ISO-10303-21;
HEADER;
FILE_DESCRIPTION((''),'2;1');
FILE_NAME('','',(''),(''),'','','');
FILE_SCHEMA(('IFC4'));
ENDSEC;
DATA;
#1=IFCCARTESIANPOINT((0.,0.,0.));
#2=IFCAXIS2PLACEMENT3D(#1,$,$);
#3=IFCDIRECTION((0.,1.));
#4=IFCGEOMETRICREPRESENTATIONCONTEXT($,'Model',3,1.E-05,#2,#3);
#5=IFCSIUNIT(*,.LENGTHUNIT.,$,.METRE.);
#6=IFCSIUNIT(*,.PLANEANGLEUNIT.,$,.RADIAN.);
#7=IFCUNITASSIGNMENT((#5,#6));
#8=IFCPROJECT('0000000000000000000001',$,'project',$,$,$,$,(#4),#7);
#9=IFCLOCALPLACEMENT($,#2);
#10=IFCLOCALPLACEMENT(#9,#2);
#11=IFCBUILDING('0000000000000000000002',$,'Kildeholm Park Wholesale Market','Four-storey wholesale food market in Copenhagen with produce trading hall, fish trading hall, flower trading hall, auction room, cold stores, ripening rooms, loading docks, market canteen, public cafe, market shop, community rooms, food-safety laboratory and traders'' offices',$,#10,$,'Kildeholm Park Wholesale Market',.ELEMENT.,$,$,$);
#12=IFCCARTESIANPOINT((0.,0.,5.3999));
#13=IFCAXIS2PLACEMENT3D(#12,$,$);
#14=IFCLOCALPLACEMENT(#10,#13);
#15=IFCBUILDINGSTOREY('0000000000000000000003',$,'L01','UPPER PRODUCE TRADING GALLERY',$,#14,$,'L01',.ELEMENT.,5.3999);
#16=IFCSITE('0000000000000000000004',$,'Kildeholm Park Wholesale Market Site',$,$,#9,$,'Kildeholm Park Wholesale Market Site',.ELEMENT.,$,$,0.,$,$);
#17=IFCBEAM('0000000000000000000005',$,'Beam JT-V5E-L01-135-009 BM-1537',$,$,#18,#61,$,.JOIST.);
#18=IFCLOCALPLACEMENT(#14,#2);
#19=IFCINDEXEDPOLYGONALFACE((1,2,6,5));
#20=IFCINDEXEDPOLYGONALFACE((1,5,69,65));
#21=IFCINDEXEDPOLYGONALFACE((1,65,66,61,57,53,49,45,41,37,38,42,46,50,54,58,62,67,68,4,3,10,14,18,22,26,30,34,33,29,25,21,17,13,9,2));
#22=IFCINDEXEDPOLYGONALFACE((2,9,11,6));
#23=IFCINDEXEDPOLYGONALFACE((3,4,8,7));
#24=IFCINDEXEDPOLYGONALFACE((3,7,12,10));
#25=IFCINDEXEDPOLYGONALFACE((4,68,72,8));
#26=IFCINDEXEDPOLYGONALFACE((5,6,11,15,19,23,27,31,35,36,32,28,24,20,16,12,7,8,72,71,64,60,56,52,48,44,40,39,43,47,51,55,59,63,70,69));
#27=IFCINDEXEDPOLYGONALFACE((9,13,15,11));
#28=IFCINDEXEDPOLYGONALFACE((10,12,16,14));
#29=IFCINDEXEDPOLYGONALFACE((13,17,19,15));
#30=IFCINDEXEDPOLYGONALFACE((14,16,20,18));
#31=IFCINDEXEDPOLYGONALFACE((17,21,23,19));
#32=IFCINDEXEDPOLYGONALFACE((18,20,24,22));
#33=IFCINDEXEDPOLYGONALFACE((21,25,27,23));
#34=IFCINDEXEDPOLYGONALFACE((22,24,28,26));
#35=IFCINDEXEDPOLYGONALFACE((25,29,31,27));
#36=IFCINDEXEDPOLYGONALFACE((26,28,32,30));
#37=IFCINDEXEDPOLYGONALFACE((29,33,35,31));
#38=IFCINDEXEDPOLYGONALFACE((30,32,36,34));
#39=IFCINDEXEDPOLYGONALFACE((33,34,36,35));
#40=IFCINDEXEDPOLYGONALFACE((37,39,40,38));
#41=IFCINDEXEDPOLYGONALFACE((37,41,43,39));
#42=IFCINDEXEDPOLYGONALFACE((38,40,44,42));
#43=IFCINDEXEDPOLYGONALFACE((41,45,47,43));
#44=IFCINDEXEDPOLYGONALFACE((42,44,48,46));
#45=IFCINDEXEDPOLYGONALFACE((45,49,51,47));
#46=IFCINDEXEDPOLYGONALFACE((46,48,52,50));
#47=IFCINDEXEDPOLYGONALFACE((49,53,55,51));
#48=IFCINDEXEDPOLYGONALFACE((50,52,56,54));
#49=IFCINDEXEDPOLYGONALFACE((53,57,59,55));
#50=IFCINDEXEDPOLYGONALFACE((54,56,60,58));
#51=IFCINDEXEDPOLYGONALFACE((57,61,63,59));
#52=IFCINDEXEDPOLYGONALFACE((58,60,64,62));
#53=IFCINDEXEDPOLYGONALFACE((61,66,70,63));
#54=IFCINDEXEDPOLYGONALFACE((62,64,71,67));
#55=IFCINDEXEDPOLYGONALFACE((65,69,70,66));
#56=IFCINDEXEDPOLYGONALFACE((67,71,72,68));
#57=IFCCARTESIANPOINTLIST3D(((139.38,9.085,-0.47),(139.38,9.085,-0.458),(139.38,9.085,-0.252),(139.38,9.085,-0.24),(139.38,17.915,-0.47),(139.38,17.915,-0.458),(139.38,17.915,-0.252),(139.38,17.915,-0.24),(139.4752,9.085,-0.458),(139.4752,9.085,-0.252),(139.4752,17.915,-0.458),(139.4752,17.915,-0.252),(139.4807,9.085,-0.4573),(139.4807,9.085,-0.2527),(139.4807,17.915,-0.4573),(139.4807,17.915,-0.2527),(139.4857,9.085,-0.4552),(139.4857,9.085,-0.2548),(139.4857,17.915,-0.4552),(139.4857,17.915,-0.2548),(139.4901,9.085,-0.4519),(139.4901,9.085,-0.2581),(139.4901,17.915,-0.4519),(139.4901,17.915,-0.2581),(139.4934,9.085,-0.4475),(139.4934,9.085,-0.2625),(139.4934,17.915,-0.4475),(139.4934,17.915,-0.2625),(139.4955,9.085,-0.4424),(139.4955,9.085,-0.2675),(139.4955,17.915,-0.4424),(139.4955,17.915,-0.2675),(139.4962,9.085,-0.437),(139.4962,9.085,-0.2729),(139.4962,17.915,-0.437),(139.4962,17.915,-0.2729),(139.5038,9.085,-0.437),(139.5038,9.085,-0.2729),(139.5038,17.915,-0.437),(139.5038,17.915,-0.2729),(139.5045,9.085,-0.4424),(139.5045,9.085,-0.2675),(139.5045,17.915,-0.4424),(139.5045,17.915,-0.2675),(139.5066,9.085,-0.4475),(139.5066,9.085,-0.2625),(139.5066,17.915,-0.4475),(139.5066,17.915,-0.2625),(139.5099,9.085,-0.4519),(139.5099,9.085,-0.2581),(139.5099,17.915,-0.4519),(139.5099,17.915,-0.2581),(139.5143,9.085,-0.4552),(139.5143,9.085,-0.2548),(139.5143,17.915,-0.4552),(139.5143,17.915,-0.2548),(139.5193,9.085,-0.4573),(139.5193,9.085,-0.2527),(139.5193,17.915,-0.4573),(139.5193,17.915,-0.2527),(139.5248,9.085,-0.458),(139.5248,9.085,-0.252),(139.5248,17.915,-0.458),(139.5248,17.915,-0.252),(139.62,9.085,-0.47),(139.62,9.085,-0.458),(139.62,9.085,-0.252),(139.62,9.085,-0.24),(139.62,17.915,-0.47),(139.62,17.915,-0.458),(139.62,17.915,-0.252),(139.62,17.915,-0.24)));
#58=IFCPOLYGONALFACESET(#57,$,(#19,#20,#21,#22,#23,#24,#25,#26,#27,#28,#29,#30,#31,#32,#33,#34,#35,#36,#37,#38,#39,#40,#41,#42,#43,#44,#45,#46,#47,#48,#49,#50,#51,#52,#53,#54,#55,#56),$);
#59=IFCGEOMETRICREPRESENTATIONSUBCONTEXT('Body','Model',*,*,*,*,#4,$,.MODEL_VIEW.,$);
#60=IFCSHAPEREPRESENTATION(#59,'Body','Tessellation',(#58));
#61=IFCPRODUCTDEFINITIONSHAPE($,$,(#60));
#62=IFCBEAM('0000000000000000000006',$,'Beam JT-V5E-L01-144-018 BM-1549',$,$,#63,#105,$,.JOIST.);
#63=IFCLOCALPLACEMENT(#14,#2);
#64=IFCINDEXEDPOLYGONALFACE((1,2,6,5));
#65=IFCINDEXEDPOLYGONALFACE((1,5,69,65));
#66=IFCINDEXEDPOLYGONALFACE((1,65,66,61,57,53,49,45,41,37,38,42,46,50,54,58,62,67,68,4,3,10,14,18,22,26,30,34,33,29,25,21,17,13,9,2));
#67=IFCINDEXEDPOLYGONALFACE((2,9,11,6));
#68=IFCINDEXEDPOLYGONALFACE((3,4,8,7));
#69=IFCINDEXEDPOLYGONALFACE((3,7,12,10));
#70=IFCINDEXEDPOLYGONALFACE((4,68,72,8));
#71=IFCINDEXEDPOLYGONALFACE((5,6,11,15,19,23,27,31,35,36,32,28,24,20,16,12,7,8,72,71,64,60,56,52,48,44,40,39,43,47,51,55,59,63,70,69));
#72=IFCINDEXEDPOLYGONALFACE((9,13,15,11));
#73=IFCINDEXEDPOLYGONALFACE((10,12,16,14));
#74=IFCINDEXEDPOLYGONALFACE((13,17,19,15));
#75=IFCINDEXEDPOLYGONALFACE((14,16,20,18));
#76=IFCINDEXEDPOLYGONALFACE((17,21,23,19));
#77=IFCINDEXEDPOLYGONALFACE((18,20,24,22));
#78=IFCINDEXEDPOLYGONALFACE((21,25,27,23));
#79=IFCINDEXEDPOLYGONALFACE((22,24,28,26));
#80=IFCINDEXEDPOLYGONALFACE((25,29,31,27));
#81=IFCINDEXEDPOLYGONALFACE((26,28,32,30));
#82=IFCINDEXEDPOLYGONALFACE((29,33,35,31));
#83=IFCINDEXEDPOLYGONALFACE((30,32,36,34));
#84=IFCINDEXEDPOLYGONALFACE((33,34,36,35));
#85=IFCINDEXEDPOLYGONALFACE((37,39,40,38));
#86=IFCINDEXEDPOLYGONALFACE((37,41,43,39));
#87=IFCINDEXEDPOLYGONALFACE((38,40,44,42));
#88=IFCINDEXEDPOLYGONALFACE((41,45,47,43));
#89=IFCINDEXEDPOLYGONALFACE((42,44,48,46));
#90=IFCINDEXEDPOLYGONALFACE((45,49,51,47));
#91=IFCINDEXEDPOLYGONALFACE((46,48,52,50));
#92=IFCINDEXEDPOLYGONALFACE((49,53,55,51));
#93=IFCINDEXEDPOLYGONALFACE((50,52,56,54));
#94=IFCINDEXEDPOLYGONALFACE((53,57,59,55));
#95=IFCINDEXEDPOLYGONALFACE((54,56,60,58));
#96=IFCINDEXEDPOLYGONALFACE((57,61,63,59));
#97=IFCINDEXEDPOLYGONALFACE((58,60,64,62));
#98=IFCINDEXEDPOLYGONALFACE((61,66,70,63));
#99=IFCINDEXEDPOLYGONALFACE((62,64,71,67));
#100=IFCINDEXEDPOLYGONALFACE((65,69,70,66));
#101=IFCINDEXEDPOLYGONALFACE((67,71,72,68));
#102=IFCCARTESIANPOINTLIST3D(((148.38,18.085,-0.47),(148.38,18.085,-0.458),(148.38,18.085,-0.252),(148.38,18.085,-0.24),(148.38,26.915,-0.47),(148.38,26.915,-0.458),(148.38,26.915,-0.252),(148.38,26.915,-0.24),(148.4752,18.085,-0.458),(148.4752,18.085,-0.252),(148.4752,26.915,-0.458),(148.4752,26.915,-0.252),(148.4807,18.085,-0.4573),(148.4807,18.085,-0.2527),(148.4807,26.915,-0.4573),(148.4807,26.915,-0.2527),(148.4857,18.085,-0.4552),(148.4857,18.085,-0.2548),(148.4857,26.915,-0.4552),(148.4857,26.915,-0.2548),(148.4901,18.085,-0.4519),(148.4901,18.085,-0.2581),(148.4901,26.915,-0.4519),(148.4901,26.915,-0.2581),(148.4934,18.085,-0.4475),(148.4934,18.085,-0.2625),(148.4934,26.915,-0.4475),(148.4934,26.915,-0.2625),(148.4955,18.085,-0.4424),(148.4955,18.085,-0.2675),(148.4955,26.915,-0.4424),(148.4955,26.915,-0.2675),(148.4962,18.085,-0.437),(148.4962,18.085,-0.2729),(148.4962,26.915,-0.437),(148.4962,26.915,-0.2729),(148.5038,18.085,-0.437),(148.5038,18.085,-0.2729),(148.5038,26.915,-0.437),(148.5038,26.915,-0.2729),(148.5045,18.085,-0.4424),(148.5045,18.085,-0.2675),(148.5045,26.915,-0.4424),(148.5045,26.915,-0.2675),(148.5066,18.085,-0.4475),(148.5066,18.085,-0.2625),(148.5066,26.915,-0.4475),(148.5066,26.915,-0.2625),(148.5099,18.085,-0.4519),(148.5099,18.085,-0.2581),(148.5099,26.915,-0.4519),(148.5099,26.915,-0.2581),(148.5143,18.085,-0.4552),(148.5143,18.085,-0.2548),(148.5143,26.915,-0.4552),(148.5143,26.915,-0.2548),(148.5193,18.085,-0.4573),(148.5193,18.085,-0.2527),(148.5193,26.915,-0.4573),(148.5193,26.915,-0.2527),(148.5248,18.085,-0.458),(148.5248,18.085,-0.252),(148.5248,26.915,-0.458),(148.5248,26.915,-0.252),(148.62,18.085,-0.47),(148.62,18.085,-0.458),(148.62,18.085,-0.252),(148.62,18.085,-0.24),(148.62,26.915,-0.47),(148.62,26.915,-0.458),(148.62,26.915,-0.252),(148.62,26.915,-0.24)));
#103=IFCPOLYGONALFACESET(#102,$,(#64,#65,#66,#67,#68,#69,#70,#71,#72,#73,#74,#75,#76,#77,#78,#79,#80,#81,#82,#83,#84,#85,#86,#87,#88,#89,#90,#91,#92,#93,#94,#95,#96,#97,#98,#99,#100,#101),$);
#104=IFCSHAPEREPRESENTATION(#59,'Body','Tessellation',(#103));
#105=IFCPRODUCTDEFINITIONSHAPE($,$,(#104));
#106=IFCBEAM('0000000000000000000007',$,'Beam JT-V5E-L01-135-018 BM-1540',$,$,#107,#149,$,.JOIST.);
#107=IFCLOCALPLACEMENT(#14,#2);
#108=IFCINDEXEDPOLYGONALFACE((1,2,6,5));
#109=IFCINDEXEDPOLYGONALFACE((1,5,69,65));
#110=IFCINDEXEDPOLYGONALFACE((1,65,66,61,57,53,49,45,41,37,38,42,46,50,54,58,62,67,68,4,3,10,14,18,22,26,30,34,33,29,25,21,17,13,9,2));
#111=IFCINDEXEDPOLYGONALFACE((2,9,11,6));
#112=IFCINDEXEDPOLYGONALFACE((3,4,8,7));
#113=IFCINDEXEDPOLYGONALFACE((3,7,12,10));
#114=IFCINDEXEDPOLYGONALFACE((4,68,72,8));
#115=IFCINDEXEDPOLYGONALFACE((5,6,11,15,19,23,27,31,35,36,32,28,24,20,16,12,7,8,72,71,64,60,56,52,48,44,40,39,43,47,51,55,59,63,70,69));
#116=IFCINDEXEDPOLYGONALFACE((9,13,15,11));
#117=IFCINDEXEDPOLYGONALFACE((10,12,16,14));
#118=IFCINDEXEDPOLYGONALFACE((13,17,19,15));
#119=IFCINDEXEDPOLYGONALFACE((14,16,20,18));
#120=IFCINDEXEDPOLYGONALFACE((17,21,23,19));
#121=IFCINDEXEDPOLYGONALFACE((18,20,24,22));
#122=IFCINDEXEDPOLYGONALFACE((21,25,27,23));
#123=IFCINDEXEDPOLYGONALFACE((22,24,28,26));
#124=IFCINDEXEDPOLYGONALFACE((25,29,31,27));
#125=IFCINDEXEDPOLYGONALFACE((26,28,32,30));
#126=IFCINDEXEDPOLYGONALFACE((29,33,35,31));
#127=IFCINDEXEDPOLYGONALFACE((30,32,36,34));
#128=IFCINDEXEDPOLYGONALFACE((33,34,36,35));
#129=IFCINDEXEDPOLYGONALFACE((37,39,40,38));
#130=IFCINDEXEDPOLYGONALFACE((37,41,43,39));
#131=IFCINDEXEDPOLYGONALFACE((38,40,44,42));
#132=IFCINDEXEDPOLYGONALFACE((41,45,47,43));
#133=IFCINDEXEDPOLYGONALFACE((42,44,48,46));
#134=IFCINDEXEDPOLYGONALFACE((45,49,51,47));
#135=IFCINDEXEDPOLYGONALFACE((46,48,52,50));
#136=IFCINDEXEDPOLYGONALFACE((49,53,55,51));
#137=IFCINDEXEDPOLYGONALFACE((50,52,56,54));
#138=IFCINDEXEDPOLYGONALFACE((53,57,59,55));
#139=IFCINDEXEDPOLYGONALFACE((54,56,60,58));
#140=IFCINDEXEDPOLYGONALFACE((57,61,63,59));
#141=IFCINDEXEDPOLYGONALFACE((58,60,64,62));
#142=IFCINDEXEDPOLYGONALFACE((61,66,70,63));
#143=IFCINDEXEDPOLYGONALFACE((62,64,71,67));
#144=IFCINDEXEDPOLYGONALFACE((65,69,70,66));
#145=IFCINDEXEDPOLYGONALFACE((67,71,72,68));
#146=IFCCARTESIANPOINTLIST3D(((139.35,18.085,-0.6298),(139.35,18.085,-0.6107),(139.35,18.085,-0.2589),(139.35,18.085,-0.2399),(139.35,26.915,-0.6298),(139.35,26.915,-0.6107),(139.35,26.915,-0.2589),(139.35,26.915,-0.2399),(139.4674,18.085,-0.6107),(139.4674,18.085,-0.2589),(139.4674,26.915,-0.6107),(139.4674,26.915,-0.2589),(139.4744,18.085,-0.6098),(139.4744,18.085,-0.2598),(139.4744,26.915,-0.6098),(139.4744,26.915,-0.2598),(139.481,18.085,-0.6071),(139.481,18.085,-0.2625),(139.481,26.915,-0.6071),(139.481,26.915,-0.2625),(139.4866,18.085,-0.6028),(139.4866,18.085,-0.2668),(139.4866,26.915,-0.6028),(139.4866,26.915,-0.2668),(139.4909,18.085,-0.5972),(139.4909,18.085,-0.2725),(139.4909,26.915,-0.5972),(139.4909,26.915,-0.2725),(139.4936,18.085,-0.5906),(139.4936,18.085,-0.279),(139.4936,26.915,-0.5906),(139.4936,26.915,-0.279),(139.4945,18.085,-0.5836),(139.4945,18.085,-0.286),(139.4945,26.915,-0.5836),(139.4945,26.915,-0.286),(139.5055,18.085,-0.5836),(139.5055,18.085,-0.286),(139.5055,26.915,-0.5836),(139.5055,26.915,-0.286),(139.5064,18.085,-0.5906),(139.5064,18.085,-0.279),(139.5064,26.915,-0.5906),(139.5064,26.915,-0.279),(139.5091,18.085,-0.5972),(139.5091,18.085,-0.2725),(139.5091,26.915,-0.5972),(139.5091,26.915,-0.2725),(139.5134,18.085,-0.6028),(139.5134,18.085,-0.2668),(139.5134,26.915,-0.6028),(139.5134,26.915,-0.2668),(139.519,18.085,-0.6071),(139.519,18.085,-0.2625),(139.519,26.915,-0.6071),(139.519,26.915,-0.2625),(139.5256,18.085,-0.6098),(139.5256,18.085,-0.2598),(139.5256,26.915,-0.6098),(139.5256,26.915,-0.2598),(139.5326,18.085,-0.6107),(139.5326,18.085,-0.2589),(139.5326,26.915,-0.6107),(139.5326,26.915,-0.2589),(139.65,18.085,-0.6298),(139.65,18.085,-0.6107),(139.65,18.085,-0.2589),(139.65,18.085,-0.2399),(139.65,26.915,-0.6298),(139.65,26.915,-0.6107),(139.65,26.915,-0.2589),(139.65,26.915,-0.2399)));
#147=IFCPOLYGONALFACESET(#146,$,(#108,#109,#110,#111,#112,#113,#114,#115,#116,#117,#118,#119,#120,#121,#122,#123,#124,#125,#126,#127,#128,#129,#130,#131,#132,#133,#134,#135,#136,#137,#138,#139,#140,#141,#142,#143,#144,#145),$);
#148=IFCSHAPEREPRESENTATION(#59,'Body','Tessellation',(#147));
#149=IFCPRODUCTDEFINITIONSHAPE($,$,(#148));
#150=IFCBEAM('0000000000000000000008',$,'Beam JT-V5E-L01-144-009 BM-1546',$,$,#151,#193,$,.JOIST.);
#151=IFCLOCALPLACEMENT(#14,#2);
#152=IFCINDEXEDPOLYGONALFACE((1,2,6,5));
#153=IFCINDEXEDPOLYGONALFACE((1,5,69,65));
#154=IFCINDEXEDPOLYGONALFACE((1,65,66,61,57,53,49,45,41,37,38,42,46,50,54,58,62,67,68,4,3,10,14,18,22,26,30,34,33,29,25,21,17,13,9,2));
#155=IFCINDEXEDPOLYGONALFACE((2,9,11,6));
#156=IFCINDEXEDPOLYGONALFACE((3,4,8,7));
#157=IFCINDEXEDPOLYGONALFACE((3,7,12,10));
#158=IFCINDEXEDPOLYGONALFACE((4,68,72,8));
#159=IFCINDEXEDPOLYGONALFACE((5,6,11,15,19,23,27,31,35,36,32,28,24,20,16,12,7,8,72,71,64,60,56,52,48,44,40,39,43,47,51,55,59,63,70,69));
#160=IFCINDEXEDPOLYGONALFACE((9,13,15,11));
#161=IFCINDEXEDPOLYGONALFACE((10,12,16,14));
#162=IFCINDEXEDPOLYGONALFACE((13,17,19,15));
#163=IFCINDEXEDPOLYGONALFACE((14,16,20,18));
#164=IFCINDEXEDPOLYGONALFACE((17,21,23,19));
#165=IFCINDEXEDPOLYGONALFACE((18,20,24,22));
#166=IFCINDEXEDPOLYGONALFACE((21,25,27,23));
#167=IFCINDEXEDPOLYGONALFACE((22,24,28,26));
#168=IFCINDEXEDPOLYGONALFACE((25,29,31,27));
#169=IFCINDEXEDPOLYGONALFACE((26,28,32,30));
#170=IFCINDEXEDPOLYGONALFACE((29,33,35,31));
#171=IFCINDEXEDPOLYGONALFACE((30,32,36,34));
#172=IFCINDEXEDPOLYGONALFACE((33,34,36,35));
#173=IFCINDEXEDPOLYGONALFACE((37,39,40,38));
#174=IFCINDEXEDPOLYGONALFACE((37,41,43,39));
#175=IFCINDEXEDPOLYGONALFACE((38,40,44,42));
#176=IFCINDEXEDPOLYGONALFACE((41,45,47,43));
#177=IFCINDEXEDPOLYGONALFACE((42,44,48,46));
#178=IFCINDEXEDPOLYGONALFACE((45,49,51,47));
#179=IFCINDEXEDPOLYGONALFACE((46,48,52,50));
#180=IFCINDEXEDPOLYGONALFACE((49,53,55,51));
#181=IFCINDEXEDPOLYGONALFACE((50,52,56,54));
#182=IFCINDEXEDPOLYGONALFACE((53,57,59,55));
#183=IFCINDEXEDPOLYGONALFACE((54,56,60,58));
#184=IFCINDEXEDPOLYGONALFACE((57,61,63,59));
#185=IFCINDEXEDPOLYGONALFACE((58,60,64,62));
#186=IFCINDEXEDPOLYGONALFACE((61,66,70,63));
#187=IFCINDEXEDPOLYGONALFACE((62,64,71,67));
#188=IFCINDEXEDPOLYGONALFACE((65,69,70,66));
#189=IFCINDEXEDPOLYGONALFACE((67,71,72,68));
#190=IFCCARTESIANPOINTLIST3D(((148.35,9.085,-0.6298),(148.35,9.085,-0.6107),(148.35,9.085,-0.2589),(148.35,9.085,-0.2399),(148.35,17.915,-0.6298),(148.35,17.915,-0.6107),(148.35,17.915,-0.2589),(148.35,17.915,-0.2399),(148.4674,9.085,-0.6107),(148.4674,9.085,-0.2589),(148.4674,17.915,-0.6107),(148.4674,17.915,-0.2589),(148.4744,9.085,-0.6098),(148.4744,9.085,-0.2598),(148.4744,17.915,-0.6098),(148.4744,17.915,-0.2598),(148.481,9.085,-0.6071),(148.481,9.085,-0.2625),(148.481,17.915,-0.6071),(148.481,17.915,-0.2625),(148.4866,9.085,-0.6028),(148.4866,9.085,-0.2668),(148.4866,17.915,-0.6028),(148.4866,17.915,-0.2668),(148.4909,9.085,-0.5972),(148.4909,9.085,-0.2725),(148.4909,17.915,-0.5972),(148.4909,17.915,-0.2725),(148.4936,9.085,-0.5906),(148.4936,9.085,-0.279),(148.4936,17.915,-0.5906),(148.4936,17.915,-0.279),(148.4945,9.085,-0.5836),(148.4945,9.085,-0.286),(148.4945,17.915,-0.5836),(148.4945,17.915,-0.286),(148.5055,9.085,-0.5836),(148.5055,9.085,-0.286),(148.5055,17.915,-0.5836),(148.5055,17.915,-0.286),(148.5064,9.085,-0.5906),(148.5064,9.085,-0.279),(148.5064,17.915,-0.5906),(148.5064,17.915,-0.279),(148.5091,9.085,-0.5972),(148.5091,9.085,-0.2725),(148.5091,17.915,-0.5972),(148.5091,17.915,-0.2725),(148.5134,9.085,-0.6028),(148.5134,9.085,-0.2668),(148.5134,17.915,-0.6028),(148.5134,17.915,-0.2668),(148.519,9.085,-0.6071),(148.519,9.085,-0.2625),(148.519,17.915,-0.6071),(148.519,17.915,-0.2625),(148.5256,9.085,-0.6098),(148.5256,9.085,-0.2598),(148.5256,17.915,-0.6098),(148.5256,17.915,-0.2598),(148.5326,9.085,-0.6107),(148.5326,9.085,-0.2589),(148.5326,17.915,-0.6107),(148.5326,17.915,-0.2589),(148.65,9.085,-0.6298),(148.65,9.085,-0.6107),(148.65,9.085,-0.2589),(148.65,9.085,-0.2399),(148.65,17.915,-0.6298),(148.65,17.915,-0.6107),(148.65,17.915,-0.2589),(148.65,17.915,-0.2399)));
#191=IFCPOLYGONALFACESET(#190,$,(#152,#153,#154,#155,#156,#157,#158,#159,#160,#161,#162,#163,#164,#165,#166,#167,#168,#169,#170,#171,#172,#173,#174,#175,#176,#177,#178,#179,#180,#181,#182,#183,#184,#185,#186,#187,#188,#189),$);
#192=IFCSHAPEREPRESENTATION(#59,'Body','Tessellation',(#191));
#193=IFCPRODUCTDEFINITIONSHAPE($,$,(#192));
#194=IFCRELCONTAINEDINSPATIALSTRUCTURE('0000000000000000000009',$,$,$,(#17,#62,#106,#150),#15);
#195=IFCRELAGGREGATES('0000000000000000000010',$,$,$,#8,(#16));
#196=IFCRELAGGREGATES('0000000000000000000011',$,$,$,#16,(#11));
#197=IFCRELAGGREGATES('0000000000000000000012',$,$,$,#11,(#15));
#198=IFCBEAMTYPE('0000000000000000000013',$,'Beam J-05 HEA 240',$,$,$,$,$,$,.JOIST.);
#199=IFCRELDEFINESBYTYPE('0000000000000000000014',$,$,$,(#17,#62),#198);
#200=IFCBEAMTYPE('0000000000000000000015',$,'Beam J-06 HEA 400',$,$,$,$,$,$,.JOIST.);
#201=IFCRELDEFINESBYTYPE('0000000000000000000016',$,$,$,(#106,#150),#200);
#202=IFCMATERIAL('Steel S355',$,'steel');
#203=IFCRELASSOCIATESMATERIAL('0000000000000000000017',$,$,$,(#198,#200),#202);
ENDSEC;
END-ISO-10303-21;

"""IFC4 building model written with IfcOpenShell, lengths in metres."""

from ifc_helpers import new_model, si_unit, direction, frame, origin, origin_2d, place, context, subcontext, project, spatial, i_section, extrude, material, material_profile, profile_set, type_object, element, save


model = new_model("IFC4")

# Units and contexts
model_context = context("Model", 3, precision=1e-05, world=origin(), true_north=direction((0.0, 1.0)))
body_context = subcontext(model_context, "Body", "Model", "MODEL_VIEW")
ifc_project = project(units=[si_unit("LENGTHUNIT", "METRE"), si_unit("PLANEANGLEUNIT", "RADIAN")], contexts=[model_context])

# Site, building, storey
site_placement = place(None, origin())
site = spatial("IfcSite", under=ifc_project, at=site_placement, Name="Kildeholm Park Wholesale Market Site", LongName="Kildeholm Park Wholesale Market Site", CompositionType="ELEMENT", RefElevation=0.0)
building_placement = place(site_placement, origin())
building = spatial("IfcBuilding", under=site, at=building_placement, Name="Kildeholm Park Wholesale Market", Description="Four-storey wholesale food market in Copenhagen with produce trading hall, fish trading hall, flower trading hall, auction room, cold stores, ripening rooms, loading docks, market canteen, public cafe, market shop, community rooms, food-safety laboratory and traders' offices", LongName="Kildeholm Park Wholesale Market", CompositionType="ELEMENT")
storey_placement = place(building_placement, frame((0.0, 0.0, 5.3999)))
storey = spatial("IfcBuildingStorey", under=building, at=storey_placement, Name="L01", Description="UPPER PRODUCE TRADING GALLERY", LongName="L01", CompositionType="ELEMENT", Elevation=5.3999)

# Shared definitions
ifc_material_1 = material(Name="Steel S355", Category="steel")

# Beams
ifc_material_profile_1 = material_profile(ifc_material_1, i_section(OverallWidth=0.24, OverallDepth=0.23, WebThickness=0.0076, FlangeThickness=0.012, FilletRadius=0.021, at=origin_2d()), Name="HEA 240")
ifc_profile_set_1 = profile_set([ifc_material_profile_1], Name="Steel S355")
beam_type_1 = type_object("IfcBeamType", Name="Beam J-05 HEA 240", PredefinedType="JOIST", material=ifc_profile_set_1)
for number, where, z_axis, x_axis, name in (
    (1, (139.5, 9.085, -0.355), (0.0, 1.0, 0.0), (-1.0, 0.0, 0.0), "Beam JT-V5E-L01-135-009 BM-1537"),
    (2, (148.5, 18.085, -0.355), (0.0, 1.0, 0.0), (-1.0, 0.0, 0.0), "Beam JT-V5E-L01-144-018 BM-1549"),
):
    element("IfcBeam", number, at=place(storey_placement, frame(where, z_axis=z_axis, x_axis=x_axis)), inside=storey, type_object=beam_type_1, Name=name, PredefinedType="JOIST", context=body_context, shape_type="SweptSolid", body=[
        extrude(i_section(OverallWidth=0.24, OverallDepth=0.23, WebThickness=0.0076, FlangeThickness=0.012, FilletRadius=0.021, at=origin_2d()), origin(), (0.0, 0.0, 1.0), 8.8301),
    ])
ifc_material_profile_2 = material_profile(ifc_material_1, i_section(OverallWidth=0.3, OverallDepth=0.3899, WebThickness=0.011, FlangeThickness=0.019, FilletRadius=0.0271, at=origin_2d()), Name="HEA 400")
ifc_profile_set_2 = profile_set([ifc_material_profile_2], Name="Steel S355")
beam_type_2 = type_object("IfcBeamType", Name="Beam J-06 HEA 400", PredefinedType="JOIST", material=ifc_profile_set_2)
for number, where, z_axis, x_axis, name in (
    (3, (139.5, 18.085, -0.4348), (0.0, 1.0, 0.0), (-1.0, 0.0, 0.0), "Beam JT-V5E-L01-135-018 BM-1540"),
    (4, (148.5, 9.085, -0.4348), (0.0, 1.0, 0.0), (-1.0, 0.0, 0.0), "Beam JT-V5E-L01-144-009 BM-1546"),
):
    element("IfcBeam", number, at=place(storey_placement, frame(where, z_axis=z_axis, x_axis=x_axis)), inside=storey, type_object=beam_type_2, Name=name, PredefinedType="JOIST", context=body_context, shape_type="SweptSolid", body=[
        extrude(i_section(OverallWidth=0.3, OverallDepth=0.3899, WebThickness=0.011, FlangeThickness=0.019, FilletRadius=0.0271, at=origin_2d()), origin(), (0.0, 0.0, 1.0), 8.8301),
    ])

save(model, "model.ifc")
